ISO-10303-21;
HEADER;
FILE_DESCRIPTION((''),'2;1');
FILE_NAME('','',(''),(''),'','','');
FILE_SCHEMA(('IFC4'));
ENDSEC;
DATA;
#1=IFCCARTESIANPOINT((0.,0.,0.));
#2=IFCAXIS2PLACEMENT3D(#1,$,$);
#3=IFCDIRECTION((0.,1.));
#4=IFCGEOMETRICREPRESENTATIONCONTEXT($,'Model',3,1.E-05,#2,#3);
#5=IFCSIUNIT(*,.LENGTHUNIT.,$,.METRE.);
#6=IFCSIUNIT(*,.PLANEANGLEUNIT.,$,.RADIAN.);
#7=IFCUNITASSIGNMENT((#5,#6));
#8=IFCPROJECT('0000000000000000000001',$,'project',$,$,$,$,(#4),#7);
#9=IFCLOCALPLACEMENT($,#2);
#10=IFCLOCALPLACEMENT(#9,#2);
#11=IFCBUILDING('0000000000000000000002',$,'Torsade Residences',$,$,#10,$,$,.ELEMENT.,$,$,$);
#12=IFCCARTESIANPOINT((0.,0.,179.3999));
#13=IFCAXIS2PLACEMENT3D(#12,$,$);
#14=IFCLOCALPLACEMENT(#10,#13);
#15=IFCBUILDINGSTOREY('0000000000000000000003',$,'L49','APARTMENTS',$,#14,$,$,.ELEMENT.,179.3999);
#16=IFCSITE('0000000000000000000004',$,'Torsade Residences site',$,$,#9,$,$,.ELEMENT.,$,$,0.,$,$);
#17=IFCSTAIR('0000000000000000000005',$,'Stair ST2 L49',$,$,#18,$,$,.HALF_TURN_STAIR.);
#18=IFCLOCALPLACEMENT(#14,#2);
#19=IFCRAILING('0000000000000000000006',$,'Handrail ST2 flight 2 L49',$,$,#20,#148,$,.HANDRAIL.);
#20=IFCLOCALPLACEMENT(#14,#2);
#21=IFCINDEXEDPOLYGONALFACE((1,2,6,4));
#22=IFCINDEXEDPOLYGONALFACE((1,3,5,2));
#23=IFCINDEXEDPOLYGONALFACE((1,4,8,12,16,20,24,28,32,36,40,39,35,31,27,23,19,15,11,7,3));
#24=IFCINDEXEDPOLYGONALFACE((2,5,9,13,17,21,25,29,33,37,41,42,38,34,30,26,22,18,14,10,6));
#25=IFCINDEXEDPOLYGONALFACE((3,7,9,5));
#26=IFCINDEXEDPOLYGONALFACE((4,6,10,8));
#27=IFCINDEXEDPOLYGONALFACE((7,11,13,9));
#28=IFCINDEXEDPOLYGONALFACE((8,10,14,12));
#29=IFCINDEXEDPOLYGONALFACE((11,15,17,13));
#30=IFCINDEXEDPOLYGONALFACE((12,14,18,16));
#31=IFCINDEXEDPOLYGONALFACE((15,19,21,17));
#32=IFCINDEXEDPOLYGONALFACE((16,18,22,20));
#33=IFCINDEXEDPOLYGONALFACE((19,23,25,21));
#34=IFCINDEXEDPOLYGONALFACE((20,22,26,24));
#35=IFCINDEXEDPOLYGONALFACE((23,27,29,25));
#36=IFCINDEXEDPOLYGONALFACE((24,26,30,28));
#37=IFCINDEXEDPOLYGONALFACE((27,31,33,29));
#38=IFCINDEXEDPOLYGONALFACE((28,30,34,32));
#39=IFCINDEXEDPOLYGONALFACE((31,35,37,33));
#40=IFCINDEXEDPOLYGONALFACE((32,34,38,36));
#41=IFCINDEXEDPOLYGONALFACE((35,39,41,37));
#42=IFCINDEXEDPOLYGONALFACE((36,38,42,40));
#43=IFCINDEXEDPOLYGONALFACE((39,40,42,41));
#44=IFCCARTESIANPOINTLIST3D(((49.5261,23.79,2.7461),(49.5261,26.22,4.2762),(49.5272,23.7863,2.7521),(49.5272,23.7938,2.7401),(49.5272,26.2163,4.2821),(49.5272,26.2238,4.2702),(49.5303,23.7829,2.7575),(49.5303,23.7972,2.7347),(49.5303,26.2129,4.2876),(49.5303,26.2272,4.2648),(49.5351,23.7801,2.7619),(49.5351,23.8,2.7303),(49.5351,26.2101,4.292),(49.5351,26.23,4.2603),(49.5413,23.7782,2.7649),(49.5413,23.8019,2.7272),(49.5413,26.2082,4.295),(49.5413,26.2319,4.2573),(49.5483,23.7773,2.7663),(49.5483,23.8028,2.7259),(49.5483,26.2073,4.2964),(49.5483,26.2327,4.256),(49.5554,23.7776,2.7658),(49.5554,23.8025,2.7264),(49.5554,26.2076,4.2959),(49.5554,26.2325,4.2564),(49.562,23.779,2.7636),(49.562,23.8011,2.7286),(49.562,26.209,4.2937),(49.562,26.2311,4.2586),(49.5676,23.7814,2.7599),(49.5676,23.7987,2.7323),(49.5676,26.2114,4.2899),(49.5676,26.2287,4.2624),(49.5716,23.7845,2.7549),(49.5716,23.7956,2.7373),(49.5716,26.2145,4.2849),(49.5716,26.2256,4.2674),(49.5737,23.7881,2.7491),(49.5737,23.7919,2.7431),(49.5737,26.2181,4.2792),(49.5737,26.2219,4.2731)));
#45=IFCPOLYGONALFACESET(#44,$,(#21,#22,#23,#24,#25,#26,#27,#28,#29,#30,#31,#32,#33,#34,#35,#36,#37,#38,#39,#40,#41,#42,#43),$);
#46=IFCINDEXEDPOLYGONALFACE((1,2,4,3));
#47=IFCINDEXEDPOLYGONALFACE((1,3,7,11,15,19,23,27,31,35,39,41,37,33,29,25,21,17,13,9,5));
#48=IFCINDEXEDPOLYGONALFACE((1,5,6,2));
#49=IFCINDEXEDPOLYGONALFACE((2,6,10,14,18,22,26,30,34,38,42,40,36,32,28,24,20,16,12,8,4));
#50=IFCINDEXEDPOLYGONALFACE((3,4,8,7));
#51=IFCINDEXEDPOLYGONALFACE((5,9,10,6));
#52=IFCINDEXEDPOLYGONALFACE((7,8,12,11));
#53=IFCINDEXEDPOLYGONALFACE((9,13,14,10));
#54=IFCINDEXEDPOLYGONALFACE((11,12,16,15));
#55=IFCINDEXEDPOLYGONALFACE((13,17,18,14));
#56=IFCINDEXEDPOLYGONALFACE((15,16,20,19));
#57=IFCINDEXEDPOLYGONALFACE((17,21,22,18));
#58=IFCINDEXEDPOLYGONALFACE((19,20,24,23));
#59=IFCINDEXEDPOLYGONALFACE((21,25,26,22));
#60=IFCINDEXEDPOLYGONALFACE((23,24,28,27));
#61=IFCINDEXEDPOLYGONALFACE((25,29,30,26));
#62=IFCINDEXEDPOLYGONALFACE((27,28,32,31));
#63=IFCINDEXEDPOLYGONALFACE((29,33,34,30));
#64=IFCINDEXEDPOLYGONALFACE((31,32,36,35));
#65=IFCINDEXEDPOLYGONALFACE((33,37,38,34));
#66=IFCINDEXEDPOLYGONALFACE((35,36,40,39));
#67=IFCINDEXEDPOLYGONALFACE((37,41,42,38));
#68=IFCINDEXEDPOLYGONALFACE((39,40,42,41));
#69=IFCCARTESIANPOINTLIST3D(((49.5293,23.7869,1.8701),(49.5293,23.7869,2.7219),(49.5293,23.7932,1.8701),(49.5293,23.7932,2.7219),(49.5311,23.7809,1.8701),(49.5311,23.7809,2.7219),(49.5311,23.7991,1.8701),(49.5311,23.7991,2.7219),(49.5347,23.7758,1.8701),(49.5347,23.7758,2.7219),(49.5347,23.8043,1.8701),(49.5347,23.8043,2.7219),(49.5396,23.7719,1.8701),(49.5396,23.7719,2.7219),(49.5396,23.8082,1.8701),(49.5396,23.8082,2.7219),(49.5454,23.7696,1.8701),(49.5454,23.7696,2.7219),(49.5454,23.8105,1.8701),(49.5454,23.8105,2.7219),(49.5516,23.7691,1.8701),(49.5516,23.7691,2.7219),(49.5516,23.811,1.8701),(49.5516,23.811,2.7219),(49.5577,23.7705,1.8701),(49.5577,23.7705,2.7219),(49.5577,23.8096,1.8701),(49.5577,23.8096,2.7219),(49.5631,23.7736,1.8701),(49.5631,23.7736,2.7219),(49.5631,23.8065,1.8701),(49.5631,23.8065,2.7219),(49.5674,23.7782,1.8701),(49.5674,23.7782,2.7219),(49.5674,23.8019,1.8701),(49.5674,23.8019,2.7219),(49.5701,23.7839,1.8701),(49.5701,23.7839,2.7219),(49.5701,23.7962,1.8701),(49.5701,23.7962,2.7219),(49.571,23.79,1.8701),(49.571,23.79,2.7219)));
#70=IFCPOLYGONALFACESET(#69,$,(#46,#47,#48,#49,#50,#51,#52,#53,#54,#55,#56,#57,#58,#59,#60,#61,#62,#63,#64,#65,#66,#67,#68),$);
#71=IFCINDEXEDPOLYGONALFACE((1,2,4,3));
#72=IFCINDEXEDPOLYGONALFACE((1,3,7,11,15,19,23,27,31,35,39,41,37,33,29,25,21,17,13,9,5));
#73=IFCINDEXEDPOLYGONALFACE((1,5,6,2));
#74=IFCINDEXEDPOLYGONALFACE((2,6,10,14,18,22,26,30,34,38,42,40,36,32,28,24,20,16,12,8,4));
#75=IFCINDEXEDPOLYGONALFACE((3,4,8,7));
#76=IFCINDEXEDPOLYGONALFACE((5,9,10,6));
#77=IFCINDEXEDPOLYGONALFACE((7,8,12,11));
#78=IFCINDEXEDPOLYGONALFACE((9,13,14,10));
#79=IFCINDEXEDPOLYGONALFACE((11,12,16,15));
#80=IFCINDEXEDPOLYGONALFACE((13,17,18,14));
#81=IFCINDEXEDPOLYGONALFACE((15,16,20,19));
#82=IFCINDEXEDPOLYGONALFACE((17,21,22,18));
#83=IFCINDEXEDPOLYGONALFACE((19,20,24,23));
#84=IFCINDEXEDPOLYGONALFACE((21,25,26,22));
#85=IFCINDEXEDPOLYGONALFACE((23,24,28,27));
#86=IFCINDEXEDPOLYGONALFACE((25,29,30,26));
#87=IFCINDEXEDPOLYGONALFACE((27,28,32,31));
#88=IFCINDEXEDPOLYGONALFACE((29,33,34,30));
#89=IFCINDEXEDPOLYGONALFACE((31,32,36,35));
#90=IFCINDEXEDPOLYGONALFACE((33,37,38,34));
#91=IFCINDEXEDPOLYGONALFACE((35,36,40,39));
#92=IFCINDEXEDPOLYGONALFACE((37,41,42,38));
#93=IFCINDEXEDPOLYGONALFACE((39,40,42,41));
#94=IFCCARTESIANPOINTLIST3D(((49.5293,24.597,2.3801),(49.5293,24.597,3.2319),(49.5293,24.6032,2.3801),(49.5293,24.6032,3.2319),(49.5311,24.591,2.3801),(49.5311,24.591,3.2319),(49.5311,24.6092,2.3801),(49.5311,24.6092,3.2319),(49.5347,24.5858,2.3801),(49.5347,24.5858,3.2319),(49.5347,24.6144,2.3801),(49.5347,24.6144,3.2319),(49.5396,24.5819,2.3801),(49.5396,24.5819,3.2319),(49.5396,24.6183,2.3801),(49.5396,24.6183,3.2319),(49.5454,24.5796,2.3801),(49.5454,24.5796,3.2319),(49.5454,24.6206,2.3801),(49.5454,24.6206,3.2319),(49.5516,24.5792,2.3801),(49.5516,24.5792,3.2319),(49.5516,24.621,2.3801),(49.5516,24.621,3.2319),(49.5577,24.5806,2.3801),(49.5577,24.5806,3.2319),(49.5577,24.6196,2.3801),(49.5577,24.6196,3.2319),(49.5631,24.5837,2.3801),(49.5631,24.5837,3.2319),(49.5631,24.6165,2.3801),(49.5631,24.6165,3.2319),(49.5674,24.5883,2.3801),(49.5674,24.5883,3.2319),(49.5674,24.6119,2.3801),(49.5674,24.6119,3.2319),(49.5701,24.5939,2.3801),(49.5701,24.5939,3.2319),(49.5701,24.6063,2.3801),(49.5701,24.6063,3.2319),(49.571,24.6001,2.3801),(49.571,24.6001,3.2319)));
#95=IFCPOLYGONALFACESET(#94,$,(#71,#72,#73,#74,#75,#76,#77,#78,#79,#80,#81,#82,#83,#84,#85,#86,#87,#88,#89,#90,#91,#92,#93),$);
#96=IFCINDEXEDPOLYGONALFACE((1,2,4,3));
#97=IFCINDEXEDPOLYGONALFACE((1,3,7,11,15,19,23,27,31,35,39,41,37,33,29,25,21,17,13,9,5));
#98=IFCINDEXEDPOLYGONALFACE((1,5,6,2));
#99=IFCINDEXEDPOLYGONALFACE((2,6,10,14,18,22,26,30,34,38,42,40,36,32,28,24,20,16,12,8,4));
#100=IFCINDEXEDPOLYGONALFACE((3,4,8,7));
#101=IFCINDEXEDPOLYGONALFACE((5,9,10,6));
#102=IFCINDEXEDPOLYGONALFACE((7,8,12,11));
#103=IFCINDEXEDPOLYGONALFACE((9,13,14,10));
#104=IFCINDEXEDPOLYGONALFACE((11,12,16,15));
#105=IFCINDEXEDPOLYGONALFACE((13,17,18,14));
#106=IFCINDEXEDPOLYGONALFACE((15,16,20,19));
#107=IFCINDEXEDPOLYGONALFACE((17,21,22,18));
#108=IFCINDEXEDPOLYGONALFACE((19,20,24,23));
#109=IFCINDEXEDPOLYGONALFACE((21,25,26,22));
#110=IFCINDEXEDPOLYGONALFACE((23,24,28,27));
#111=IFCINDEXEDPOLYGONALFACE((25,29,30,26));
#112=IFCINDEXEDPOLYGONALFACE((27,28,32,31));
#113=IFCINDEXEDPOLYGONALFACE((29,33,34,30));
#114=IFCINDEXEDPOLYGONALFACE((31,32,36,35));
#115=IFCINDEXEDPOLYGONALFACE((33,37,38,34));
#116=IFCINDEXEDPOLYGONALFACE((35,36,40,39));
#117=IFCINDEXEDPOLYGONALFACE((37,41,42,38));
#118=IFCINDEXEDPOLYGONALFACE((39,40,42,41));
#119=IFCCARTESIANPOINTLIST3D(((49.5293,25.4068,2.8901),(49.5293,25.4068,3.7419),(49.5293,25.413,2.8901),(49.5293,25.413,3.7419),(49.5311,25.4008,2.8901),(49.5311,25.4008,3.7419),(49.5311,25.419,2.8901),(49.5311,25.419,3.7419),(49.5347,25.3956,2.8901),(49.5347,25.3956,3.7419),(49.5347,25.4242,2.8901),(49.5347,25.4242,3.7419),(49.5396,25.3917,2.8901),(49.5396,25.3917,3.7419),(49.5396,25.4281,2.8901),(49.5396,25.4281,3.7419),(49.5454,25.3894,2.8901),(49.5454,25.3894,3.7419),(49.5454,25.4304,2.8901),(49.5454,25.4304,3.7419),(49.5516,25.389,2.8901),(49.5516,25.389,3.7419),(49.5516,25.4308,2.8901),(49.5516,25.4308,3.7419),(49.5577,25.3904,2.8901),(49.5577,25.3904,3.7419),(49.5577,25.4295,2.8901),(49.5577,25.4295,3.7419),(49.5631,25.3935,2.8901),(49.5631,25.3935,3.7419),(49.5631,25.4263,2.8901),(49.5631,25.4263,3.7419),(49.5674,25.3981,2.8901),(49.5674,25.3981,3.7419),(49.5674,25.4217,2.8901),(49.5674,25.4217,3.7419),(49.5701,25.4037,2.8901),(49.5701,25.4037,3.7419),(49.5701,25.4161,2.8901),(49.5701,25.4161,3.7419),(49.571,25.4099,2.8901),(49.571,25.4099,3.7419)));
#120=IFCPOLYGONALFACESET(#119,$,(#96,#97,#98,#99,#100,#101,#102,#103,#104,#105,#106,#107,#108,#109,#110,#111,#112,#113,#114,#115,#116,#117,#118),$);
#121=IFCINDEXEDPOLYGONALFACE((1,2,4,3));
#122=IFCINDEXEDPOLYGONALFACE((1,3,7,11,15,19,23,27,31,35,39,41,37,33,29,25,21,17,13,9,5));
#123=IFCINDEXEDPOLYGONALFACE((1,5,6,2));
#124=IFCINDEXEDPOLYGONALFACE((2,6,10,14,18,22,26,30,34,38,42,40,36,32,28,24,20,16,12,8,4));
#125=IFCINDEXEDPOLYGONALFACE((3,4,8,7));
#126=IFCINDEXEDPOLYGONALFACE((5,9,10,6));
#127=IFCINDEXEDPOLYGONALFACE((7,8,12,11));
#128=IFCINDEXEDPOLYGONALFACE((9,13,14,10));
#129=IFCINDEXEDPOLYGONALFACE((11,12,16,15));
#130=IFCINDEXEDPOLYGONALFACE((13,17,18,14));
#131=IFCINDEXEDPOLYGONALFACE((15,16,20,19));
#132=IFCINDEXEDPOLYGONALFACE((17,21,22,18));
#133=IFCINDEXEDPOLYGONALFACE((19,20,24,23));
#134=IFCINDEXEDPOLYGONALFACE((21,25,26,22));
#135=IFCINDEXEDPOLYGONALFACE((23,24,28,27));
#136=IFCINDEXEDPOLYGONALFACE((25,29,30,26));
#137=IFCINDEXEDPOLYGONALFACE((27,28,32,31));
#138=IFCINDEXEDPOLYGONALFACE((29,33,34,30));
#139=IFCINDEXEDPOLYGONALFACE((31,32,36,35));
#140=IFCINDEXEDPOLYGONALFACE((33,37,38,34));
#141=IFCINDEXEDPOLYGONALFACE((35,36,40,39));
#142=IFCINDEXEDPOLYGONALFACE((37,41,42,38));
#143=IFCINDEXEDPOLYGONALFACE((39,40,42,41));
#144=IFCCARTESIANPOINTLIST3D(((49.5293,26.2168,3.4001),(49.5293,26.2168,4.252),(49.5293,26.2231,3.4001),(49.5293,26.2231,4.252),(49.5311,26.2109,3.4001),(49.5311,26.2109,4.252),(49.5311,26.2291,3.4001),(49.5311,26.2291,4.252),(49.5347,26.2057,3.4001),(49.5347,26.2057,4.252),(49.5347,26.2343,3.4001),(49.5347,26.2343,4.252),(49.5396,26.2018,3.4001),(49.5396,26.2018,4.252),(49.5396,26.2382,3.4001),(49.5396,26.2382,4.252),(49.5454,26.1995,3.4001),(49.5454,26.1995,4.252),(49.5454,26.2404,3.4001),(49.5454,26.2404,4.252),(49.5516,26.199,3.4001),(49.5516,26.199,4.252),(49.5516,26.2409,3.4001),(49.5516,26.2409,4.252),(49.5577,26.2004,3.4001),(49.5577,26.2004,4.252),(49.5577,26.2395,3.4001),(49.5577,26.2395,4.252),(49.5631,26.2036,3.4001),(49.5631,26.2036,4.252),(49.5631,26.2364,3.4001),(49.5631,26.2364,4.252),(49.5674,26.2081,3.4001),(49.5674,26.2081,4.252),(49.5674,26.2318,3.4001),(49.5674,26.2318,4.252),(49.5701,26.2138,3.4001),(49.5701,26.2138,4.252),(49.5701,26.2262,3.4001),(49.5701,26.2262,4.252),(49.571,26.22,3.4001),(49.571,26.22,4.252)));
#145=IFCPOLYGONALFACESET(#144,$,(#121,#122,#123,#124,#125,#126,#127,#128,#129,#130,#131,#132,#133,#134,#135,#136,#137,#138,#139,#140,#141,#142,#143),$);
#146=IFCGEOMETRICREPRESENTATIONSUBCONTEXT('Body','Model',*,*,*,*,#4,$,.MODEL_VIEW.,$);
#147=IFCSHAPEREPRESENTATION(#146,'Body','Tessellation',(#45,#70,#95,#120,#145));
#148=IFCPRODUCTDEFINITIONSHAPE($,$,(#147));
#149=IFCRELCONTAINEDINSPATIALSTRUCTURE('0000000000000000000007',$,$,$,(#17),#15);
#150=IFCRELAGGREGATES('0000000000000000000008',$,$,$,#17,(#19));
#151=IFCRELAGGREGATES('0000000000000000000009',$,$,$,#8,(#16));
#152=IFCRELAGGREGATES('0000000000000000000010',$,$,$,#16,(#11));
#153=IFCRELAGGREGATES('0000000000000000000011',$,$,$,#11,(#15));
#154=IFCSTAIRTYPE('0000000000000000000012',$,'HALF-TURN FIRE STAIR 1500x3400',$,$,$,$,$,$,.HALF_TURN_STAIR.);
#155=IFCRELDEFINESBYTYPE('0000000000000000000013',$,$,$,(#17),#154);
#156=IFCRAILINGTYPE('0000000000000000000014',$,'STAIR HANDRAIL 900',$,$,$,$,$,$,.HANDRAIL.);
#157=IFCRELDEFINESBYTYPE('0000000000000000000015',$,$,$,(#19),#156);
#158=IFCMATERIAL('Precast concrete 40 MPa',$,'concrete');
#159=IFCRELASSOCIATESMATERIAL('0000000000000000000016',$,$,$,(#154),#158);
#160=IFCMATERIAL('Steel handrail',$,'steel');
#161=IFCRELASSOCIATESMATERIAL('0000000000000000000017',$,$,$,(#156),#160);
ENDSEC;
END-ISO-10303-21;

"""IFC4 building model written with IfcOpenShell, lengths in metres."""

from ifc_helpers import new_model, si_unit, direction, frame, origin, origin_2d, place, context, subcontext, project, spatial, circle, extrude, material, type_object, element, aggregate, save


model = new_model("IFC4")

# Units and contexts
model_context = context("Model", 3, precision=1e-05, world=origin(), true_north=direction((0.0, 1.0)))
body_context = subcontext(model_context, "Body", "Model", "MODEL_VIEW")
ifc_project = project(units=[si_unit("LENGTHUNIT", "METRE"), si_unit("PLANEANGLEUNIT", "RADIAN")], contexts=[model_context])

# Site, building, storey
site_placement = place(None, origin())
site = spatial("IfcSite", under=ifc_project, at=site_placement, Name="Torsade Residences site", CompositionType="ELEMENT", RefElevation=0.0)
building_placement = place(site_placement, origin())
building = spatial("IfcBuilding", under=site, at=building_placement, Name="Torsade Residences", CompositionType="ELEMENT")
storey_placement = place(building_placement, frame((0.0, 0.0, 179.3999)))
storey = spatial("IfcBuildingStorey", under=building, at=storey_placement, Name="L49", Description="APARTMENTS", CompositionType="ELEMENT", Elevation=179.3999)

# Stair, railing
ifc_material_1 = material(Name="Precast concrete 40 MPa", Category="concrete")
stair_type = type_object("IfcStairType", Name="HALF-TURN FIRE STAIR 1500x3400", PredefinedType="HALF_TURN_STAIR", material=ifc_material_1)
stair_placement = place(storey_placement, origin())
stair = element("IfcStair", 1, at=stair_placement, inside=storey, type_object=stair_type, Name="Stair ST2 L49", PredefinedType="HALF_TURN_STAIR")
ifc_material_2 = material(Name="Steel handrail", Category="steel")
railing_type = type_object("IfcRailingType", Name="STAIR HANDRAIL 900", PredefinedType="HANDRAIL", material=ifc_material_2)
railing_1_placement = place(storey_placement, frame((49.55, 23.79, 1.8701)))
railing_1 = element("IfcRailing", 2, at=railing_1_placement, type_object=railing_type, Name="Handrail ST2 flight 2 L49", PredefinedType="HANDRAIL", context=body_context, shape_type="SweptSolid", body=[
    extrude(circle(Radius=0.0239, at=origin_2d()), frame((0.0, 0.0, 0.876), z_axis=(0.0, 0.846221, 0.532831), x_axis=(-1.0, 0.0, 0.0)), (0.0, 0.0, 1.0), 2.8716),
    extrude(circle(Radius=0.021, at=origin_2d()), origin(), (0.0, 0.0, 1.0), 0.8518),
    extrude(circle(Radius=0.021, at=origin_2d()), frame((0.0, 0.8101, 0.51)), (0.0, 0.0, 1.0), 0.8518),
    extrude(circle(Radius=0.021, at=origin_2d()), frame((0.0, 1.6199, 1.02)), (0.0, 0.0, 1.0), 0.8518),
    extrude(circle(Radius=0.021, at=origin_2d()), frame((0.0, 2.4299, 1.53)), (0.0, 0.0, 1.0), 0.8518),
])
aggregate(stair, [railing_1])

save(model, "model.ifc")
